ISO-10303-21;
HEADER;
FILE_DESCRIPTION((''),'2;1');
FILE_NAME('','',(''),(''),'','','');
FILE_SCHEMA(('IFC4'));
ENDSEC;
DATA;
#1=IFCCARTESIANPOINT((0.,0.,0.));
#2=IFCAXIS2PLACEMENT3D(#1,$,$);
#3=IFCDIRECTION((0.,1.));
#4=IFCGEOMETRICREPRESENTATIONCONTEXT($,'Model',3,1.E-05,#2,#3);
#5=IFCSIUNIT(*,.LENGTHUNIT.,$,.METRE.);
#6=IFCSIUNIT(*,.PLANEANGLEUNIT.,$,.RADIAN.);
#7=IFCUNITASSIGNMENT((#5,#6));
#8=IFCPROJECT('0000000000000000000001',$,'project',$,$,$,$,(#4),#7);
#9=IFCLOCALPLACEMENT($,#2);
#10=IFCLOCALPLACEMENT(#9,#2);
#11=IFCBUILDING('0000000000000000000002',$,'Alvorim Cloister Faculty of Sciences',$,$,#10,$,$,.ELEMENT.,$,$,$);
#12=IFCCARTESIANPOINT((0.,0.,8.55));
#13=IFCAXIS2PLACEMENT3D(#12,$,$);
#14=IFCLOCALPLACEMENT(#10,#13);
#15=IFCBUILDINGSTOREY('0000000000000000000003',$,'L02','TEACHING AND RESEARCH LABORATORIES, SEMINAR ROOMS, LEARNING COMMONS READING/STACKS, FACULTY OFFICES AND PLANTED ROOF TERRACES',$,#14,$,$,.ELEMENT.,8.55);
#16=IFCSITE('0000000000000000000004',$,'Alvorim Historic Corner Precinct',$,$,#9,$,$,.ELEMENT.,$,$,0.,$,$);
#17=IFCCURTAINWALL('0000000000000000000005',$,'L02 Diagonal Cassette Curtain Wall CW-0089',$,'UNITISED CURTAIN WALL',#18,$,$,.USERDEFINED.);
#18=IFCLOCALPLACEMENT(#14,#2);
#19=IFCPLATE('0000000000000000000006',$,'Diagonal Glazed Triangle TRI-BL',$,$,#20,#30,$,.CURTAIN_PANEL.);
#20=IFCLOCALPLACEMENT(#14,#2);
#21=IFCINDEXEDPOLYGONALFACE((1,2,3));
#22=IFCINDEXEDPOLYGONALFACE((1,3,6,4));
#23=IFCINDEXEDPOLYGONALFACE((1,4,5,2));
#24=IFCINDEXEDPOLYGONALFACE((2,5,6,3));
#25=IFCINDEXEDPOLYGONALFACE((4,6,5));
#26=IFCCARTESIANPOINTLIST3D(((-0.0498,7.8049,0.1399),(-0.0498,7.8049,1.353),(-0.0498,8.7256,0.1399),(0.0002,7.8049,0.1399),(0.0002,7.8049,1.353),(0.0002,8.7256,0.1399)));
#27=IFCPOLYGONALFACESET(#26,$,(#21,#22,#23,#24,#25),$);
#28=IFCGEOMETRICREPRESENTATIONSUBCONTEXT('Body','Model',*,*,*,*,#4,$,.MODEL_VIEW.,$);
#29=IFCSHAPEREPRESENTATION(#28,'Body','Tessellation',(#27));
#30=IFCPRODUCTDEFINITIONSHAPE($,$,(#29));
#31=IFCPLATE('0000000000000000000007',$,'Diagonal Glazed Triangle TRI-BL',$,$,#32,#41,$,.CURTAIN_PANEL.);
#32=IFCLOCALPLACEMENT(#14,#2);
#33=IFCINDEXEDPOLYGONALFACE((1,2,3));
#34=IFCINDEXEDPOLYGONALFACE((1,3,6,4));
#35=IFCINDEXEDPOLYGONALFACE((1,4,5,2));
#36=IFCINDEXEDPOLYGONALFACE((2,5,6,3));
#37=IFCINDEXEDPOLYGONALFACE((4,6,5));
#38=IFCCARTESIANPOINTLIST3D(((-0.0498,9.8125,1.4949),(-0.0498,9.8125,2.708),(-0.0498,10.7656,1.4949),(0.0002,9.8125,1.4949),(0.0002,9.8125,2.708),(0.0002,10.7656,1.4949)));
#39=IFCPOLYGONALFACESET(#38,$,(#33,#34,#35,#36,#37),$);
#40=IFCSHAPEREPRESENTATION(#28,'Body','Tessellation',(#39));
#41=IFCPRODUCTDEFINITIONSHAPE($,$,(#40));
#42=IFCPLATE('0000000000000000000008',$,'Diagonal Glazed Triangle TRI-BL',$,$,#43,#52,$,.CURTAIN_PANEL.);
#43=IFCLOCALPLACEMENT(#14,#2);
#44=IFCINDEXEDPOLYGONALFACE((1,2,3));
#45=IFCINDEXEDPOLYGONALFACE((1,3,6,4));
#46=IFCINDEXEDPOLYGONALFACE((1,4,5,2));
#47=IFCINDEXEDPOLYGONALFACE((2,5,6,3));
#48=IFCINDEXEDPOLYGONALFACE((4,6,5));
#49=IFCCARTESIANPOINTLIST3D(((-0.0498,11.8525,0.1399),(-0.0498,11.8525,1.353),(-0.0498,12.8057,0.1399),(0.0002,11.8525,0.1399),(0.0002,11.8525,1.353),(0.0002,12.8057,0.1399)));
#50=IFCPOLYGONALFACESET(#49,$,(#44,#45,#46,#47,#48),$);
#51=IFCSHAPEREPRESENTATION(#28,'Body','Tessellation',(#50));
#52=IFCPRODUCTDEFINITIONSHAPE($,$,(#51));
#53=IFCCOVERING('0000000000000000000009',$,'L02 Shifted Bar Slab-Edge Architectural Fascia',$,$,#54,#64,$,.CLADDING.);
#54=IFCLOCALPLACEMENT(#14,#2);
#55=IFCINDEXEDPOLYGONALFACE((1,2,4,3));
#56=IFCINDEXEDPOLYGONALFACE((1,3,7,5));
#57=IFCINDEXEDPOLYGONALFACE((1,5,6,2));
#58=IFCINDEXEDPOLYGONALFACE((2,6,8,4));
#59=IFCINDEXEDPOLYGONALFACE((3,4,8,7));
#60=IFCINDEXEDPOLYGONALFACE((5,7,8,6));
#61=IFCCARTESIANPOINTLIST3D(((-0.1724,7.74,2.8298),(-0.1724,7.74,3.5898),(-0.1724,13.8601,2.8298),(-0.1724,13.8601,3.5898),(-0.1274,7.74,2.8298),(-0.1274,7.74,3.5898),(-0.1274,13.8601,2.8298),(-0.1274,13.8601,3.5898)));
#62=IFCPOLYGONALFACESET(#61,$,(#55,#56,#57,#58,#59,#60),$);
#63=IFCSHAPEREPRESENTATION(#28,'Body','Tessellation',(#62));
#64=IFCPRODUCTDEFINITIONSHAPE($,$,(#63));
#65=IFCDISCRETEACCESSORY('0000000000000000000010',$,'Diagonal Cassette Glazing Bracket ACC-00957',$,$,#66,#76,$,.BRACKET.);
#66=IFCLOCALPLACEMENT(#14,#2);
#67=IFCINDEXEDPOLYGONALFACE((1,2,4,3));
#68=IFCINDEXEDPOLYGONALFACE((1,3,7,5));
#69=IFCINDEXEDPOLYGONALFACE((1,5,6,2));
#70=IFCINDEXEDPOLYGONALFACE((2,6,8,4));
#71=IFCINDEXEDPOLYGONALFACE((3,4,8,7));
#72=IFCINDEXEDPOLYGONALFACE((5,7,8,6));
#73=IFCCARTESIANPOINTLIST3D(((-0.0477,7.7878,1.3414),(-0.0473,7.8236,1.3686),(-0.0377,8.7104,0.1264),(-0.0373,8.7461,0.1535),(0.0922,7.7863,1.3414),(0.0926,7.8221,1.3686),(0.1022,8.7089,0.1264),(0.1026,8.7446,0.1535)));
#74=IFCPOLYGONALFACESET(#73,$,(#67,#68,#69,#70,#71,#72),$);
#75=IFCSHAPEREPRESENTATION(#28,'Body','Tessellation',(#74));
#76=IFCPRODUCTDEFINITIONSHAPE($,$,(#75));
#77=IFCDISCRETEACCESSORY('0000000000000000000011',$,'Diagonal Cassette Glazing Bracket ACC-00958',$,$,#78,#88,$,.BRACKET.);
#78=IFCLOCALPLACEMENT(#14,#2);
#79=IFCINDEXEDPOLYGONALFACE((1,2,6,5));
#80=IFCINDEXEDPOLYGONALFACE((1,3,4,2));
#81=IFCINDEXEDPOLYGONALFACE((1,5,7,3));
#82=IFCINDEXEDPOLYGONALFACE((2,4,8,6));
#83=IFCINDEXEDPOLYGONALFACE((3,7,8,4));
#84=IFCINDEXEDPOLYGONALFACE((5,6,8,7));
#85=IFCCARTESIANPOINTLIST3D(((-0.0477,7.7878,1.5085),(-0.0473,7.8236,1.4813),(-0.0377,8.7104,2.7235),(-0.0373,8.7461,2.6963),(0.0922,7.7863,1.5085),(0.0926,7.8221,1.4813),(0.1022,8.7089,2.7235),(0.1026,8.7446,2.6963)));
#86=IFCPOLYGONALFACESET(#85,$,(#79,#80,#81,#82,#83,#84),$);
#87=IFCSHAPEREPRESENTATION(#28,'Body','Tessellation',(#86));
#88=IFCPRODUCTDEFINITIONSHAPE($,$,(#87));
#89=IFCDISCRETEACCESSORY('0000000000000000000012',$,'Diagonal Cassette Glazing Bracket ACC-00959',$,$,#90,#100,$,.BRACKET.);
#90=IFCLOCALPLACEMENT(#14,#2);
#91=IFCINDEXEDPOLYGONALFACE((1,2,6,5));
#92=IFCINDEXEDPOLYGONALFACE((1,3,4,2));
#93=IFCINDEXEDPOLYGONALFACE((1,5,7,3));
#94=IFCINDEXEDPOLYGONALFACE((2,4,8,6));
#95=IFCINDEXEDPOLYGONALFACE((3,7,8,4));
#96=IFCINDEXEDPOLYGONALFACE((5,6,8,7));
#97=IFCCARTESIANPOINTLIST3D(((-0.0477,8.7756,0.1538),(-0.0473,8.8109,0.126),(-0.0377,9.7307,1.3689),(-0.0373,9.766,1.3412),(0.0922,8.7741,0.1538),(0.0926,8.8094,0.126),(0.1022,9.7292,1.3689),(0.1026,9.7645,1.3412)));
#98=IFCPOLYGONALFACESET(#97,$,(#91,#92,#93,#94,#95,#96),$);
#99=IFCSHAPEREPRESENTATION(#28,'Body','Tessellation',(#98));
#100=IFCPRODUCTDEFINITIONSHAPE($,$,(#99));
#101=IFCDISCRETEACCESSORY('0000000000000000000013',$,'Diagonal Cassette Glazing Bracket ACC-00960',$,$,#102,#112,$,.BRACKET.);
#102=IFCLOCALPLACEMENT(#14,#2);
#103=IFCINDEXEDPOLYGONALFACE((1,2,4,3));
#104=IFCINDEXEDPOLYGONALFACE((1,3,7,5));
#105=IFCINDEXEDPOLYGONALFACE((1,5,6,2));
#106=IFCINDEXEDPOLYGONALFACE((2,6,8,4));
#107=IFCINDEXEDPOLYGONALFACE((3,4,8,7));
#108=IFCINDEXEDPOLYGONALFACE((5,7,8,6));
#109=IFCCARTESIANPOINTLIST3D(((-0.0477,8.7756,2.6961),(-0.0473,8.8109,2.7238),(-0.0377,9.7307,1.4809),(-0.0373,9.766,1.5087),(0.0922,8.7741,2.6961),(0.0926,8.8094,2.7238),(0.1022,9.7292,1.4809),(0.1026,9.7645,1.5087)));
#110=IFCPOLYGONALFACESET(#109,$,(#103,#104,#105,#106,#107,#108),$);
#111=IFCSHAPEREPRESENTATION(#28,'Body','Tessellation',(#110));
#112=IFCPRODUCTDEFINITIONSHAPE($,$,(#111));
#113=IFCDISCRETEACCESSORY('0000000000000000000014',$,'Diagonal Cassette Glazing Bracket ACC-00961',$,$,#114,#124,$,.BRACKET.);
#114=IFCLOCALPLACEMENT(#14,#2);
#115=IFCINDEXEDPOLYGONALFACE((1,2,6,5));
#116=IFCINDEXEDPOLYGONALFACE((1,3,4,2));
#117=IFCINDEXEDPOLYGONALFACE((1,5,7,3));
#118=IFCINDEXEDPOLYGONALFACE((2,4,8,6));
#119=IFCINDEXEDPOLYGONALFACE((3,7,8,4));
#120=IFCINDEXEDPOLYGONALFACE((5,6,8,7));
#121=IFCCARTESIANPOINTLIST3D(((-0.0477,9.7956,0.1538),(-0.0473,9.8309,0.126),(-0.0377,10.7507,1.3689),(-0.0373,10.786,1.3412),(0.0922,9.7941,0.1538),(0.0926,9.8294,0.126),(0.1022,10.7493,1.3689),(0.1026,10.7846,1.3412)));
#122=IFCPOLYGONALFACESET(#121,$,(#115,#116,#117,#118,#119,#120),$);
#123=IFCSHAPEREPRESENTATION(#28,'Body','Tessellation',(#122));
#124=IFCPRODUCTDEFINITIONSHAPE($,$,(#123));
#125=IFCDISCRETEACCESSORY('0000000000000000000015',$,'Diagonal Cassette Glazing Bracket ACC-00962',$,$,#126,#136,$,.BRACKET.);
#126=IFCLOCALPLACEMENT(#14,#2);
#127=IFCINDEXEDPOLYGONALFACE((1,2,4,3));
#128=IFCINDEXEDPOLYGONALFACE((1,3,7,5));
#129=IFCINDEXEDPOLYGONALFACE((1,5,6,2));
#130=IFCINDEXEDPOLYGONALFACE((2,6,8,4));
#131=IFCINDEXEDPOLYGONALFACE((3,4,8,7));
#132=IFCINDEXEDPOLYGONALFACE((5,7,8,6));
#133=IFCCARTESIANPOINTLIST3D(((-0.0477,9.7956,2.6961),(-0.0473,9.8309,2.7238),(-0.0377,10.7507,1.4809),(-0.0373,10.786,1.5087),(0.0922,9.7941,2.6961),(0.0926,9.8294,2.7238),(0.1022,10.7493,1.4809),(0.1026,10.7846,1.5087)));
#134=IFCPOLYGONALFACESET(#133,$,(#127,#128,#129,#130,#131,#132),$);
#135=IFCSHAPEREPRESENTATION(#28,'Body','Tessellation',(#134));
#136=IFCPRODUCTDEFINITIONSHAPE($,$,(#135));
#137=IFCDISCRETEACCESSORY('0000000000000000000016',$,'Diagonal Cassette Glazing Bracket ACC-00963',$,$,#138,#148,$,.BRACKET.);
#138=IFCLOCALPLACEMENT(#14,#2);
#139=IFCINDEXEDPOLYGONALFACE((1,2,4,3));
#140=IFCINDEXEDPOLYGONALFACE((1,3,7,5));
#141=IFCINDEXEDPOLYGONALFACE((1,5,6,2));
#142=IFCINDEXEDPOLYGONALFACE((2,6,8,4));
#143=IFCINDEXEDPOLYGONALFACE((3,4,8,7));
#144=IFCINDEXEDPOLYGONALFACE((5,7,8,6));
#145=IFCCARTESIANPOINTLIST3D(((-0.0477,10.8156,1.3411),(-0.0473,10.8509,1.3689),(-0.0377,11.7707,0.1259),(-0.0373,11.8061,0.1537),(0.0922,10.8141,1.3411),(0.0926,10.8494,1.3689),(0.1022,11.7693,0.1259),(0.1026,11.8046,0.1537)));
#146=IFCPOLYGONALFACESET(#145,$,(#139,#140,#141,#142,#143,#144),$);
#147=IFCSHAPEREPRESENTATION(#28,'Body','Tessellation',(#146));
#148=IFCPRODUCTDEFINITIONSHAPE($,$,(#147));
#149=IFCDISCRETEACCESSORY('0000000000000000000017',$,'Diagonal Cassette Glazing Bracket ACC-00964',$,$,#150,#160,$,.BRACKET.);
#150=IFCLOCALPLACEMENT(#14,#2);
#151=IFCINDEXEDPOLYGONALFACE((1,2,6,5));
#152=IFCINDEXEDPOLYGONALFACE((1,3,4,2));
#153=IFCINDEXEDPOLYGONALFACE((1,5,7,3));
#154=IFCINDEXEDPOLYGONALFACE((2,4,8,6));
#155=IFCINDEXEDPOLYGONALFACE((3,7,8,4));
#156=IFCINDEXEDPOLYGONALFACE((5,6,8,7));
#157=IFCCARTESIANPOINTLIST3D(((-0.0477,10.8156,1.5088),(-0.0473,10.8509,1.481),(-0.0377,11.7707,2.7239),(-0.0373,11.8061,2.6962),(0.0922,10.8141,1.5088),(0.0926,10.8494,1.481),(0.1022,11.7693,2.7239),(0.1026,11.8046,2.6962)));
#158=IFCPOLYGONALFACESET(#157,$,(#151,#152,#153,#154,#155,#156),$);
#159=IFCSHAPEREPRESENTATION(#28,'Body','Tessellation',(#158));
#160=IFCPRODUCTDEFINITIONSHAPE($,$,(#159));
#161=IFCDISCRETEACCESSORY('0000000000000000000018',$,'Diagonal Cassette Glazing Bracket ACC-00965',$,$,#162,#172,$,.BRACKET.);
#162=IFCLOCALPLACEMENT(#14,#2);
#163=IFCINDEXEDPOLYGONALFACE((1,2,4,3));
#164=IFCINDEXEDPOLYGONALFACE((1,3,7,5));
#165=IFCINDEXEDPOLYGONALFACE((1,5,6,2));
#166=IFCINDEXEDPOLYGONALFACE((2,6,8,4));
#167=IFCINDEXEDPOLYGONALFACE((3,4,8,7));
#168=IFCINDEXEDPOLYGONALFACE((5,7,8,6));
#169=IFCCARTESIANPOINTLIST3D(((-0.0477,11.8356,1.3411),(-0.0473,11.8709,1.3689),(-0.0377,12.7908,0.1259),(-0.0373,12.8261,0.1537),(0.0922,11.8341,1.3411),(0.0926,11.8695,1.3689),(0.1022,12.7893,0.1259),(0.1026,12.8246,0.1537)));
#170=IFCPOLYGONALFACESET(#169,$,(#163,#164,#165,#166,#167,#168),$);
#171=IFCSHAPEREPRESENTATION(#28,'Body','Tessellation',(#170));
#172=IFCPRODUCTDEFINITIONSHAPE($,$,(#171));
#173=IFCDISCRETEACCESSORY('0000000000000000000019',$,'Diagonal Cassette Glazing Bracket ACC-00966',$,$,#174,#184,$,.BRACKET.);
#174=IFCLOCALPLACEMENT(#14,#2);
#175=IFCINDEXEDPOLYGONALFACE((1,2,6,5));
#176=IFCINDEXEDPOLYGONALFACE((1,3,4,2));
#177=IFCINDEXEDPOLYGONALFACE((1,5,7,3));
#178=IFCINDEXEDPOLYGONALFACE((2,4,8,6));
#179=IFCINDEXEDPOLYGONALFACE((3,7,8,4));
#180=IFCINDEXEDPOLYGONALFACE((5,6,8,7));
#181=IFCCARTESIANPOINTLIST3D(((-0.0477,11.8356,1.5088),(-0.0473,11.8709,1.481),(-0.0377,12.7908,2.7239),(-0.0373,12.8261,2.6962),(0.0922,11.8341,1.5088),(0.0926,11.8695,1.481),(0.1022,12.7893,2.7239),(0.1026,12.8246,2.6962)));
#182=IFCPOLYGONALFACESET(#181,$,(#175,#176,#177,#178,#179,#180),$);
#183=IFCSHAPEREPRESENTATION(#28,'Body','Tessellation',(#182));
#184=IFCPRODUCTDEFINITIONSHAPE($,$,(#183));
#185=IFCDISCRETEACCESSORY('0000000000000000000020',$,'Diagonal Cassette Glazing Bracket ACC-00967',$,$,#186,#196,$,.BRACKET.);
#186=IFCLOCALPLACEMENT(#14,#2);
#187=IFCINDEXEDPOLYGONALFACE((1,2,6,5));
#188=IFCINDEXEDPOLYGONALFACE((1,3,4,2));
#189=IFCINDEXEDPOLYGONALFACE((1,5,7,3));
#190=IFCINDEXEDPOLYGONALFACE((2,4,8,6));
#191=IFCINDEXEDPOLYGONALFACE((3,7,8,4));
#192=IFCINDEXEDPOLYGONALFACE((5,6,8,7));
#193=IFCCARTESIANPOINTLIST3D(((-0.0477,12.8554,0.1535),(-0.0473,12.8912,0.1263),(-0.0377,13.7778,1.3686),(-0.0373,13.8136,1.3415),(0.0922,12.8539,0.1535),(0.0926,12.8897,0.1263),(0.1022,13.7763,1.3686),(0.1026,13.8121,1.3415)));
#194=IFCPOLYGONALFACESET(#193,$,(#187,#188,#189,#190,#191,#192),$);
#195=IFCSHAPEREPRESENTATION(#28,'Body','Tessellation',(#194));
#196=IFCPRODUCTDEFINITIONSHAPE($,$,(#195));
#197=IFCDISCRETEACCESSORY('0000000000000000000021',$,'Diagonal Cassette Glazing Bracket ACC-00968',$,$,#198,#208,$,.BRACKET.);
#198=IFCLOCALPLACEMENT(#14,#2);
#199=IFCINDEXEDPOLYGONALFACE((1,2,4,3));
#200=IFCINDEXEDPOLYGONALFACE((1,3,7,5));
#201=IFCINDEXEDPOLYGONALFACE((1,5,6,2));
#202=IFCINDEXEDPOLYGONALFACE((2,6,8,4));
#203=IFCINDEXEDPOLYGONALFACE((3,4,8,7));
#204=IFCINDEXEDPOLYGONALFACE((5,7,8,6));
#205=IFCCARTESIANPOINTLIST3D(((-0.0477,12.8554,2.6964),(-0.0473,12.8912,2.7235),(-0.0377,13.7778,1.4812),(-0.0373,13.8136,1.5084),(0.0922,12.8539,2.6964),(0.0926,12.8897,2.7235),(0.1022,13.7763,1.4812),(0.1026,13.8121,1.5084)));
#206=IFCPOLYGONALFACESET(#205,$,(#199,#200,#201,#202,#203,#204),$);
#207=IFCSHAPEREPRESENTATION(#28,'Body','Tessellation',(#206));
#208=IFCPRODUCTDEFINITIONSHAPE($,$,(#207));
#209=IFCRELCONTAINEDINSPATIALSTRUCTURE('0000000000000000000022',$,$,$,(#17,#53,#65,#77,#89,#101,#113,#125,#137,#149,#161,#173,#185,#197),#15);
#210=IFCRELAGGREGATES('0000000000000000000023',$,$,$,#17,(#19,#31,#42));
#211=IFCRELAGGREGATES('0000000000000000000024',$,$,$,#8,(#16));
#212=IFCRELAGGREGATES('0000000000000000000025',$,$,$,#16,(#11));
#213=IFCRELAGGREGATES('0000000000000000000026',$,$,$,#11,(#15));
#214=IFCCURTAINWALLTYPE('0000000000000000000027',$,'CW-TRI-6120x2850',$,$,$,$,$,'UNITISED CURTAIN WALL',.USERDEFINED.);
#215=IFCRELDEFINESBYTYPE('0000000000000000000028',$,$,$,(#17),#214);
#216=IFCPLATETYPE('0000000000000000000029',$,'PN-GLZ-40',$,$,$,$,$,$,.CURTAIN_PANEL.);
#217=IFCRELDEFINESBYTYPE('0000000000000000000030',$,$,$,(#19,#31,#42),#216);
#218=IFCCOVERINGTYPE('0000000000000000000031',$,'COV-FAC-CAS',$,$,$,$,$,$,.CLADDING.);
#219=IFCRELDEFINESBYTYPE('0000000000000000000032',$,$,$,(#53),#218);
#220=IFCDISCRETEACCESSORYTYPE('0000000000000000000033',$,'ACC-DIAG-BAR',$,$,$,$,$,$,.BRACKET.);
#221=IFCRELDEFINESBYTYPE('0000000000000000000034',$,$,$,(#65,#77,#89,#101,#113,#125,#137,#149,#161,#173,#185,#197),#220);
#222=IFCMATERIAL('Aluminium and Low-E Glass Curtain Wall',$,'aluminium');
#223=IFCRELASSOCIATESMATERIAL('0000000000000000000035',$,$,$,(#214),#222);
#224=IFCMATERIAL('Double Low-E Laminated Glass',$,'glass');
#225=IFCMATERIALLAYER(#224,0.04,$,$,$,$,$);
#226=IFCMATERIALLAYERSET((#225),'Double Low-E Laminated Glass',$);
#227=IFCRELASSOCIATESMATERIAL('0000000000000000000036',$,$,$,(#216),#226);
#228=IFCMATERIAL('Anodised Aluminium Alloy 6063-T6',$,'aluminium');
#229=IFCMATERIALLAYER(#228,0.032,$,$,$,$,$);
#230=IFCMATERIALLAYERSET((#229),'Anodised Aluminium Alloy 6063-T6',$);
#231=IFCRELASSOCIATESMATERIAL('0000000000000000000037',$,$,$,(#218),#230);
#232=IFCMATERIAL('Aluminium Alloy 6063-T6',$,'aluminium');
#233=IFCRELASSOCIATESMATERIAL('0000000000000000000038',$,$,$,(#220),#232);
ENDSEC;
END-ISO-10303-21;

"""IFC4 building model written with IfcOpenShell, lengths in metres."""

from ifc_helpers import new_model, si_unit, direction, frame, origin, origin_2d, place, context, subcontext, project, spatial, polyline, rectangle, outline, extrude, material, layer, layer_set, type_object, element, aggregate, save


model = new_model("IFC4")

# Units and contexts
model_context = context("Model", 3, precision=1e-05, world=origin(), true_north=direction((0.0, 1.0)))
body_context = subcontext(model_context, "Body", "Model", "MODEL_VIEW")
ifc_project = project(units=[si_unit("LENGTHUNIT", "METRE"), si_unit("PLANEANGLEUNIT", "RADIAN")], contexts=[model_context])

# Site, building, storey
site_placement = place(None, origin())
site = spatial("IfcSite", under=ifc_project, at=site_placement, Name="Alvorim Historic Corner Precinct", CompositionType="ELEMENT", RefElevation=0.0)
building_placement = place(site_placement, origin())
building = spatial("IfcBuilding", under=site, at=building_placement, Name="Alvorim Cloister Faculty of Sciences", CompositionType="ELEMENT")
storey_placement = place(building_placement, frame((0.0, 0.0, 8.55)))
storey = spatial("IfcBuildingStorey", under=building, at=storey_placement, Name="L02", Description="TEACHING AND RESEARCH LABORATORIES, SEMINAR ROOMS, LEARNING COMMONS READING/STACKS, FACULTY OFFICES AND PLANTED ROOF TERRACES", CompositionType="ELEMENT", Elevation=8.55)

# Curtain wall, plates
ifc_material_1 = material(Name="Aluminium and Low-E Glass Curtain Wall", Category="aluminium")
curtain_wall_type = type_object("IfcCurtainWallType", Name="CW-TRI-6120x2850", ElementType="UNITISED CURTAIN WALL", PredefinedType="USERDEFINED", material=ifc_material_1)
curtain_wall_placement = place(storey_placement, origin())
curtain_wall = element("IfcCurtainWall", 1, at=curtain_wall_placement, inside=storey, type_object=curtain_wall_type, Name="L02 Diagonal Cassette Curtain Wall CW-0089", ObjectType="UNITISED CURTAIN WALL", PredefinedType="USERDEFINED")
ifc_material_2 = material(Name="Double Low-E Laminated Glass", Category="glass")
ifc_layer_1 = layer(ifc_material_2, 0.04)
ifc_layer_set_1 = layer_set([ifc_layer_1], Name="Double Low-E Laminated Glass")
plate_type = type_object("IfcPlateType", Name="PN-GLZ-40", PredefinedType="CURTAIN_PANEL", material=ifc_layer_set_1)
plate_1_placement = place(storey_placement, frame((-0.0249, 7.8049, 0.1399), z_axis=(0.0, 0.0, 1.0), x_axis=(0.0, 1.0, 0.0)))
plate_1 = element("IfcPlate", 2, at=plate_1_placement, type_object=plate_type, Name="Diagonal Glazed Triangle TRI-BL", PredefinedType="CURTAIN_PANEL", context=body_context, shape_type="SweptSolid", body=[
    extrude(outline(polyline([(0.0, 0.0), (0.9207, 0.0), (0.0, 1.2131), (0.0, 0.0)])), frame((0.0, 0.0249, 0.0), z_axis=(0.0, -1.0, 0.0), x_axis=(1.0, 0.0, 0.0)), (0.0, 0.0, 1.0), 0.05),
])
plate_2_placement = place(storey_placement, frame((-0.0249, 9.8125, 1.4949), z_axis=(0.0, 0.0, 1.0), x_axis=(0.0, 1.0, 0.0)))
plate_2 = element("IfcPlate", 3, at=plate_2_placement, type_object=plate_type, Name="Diagonal Glazed Triangle TRI-BL", PredefinedType="CURTAIN_PANEL", context=body_context, shape_type="SweptSolid", body=[
    extrude(outline(polyline([(0.0, 0.0), (0.9531, 0.0), (0.0, 1.2131), (0.0, 0.0)])), frame((0.0, 0.0249, 0.0), z_axis=(0.0, -1.0, 0.0), x_axis=(1.0, 0.0, 0.0)), (0.0, 0.0, 1.0), 0.05),
])
plate_3_placement = place(storey_placement, frame((-0.0249, 11.8525, 0.1399), z_axis=(0.0, 0.0, 1.0), x_axis=(0.0, 1.0, 0.0)))
plate_3 = element("IfcPlate", 4, at=plate_3_placement, type_object=plate_type, Name="Diagonal Glazed Triangle TRI-BL", PredefinedType="CURTAIN_PANEL", context=body_context, shape_type="SweptSolid", body=[
    extrude(outline(polyline([(0.0, 0.0), (0.9531, 0.0), (0.0, 1.2131), (0.0, 0.0)])), frame((0.0, 0.0249, 0.0), z_axis=(0.0, -1.0, 0.0), x_axis=(1.0, 0.0, 0.0)), (0.0, 0.0, 1.0), 0.05),
])
aggregate(curtain_wall, [plate_1, plate_2, plate_3])

# Covering
ifc_material_3 = material(Name="Anodised Aluminium Alloy 6063-T6", Category="aluminium")
ifc_layer_2 = layer(ifc_material_3, 0.032)
ifc_layer_set_2 = layer_set([ifc_layer_2], Name="Anodised Aluminium Alloy 6063-T6")
covering_type = type_object("IfcCoveringType", Name="COV-FAC-CAS", PredefinedType="CLADDING", material=ifc_layer_set_2)
covering_placement = place(storey_placement, frame((-0.1499, 7.74, 2.8298), z_axis=(0.0, 0.0, 1.0), x_axis=(0.0, 1.0, 0.0)))
element("IfcCovering", 5, at=covering_placement, inside=storey, type_object=covering_type, Name="L02 Shifted Bar Slab-Edge Architectural Fascia", PredefinedType="CLADDING", context=body_context, shape_type="SweptSolid", body=[
    extrude(outline(polyline([(0.0, 0.0), (6.1201, 0.0), (6.1201, 0.76), (0.0, 0.76), (0.0, 0.0)])), frame((0.0, 0.0225, 0.0), z_axis=(0.0, -1.0, 0.0), x_axis=(1.0, 0.0, 0.0)), (0.0, 0.0, 1.0), 0.0449),
])

# Discrete accessories
ifc_material_4 = material(Name="Aluminium Alloy 6063-T6", Category="aluminium")
discrete_accessory_type = type_object("IfcDiscreteAccessoryType", Name="ACC-DIAG-BAR", PredefinedType="BRACKET", material=ifc_material_4)
for number, where, z_axis, x_axis, name in (
    (6, (0.0225, 7.8049, 1.355), (0.006561, 0.604713, -0.796416), (-0.999941, 0.010849, 0.0), "Diagonal Cassette Glazing Bracket ACC-00957"),
    (7, (0.0225, 7.8049, 1.4949), (0.006561, 0.604713, 0.796416), (-0.999941, 0.010849, 0.0), "Diagonal Cassette Glazing Bracket ACC-00958"),
):
    element("IfcDiscreteAccessory", number, at=place(storey_placement, frame(where, z_axis=z_axis, x_axis=x_axis)), inside=storey, type_object=discrete_accessory_type, Name=name, PredefinedType="BRACKET", context=body_context, shape_type="SweptSolid", body=[
        extrude(rectangle(XDim=0.1399, YDim=0.0449, at=origin_2d()), origin(), (0.0, 0.0, 1.0), 1.5256),
    ])
for number, where, z_axis, x_axis, name in (
    (8, (0.0225, 8.7925, 0.1399), (0.006477, 0.617955, 0.786187), (-0.999945, 0.01048, 0.0), "Diagonal Cassette Glazing Bracket ACC-00959"),
    (9, (0.0225, 8.7925, 2.71), (0.006477, 0.617955, -0.786187), (-0.999945, 0.01048, 0.0), "Diagonal Cassette Glazing Bracket ACC-00960"),
    (10, (0.0225, 9.8125, 0.1399), (0.006477, 0.617955, 0.786187), (-0.999945, 0.01048, 0.0), "Diagonal Cassette Glazing Bracket ACC-00961"),
    (11, (0.0225, 9.8125, 2.71), (0.006477, 0.617955, -0.786187), (-0.999945, 0.01048, 0.0), "Diagonal Cassette Glazing Bracket ACC-00962"),
    (12, (0.0225, 10.8325, 1.355), (0.006477, 0.617955, -0.786187), (-0.999945, 0.01048, 0.0), "Diagonal Cassette Glazing Bracket ACC-00963"),
    (13, (0.0225, 10.8325, 1.4949), (0.006477, 0.617955, 0.786187), (-0.999945, 0.01048, 0.0), "Diagonal Cassette Glazing Bracket ACC-00964"),
    (14, (0.0225, 11.8525, 1.355), (0.006477, 0.617955, -0.786187), (-0.999945, 0.01048, 0.0), "Diagonal Cassette Glazing Bracket ACC-00965"),
    (15, (0.0225, 11.8525, 1.4949), (0.006477, 0.617955, 0.786187), (-0.999945, 0.01048, 0.0), "Diagonal Cassette Glazing Bracket ACC-00966"),
):
    element("IfcDiscreteAccessory", number, at=place(storey_placement, frame(where, z_axis=z_axis, x_axis=x_axis)), inside=storey, type_object=discrete_accessory_type, Name=name, PredefinedType="BRACKET", context=body_context, shape_type="SweptSolid", body=[
        extrude(rectangle(XDim=0.1399, YDim=0.0449, at=origin_2d()), origin(), (0.0, 0.0, 1.0), 1.5457),
    ])
for number, where, z_axis, x_axis, name in (
    (16, (0.0225, 12.8726, 0.1399), (0.006561, 0.604612, 0.796493), (-0.999941, 0.010852, 0.0), "Diagonal Cassette Glazing Bracket ACC-00967"),
    (17, (0.0225, 12.8726, 2.71), (0.006561, 0.604612, -0.796493), (-0.999941, 0.010852, 0.0), "Diagonal Cassette Glazing Bracket ACC-00968"),
):
    element("IfcDiscreteAccessory", number, at=place(storey_placement, frame(where, z_axis=z_axis, x_axis=x_axis)), inside=storey, type_object=discrete_accessory_type, Name=name, PredefinedType="BRACKET", context=body_context, shape_type="SweptSolid", body=[
        extrude(rectangle(XDim=0.1399, YDim=0.0449, at=origin_2d()), origin(), (0.0, 0.0, 1.0), 1.5256),
    ])

save(model, "model.ifc")
